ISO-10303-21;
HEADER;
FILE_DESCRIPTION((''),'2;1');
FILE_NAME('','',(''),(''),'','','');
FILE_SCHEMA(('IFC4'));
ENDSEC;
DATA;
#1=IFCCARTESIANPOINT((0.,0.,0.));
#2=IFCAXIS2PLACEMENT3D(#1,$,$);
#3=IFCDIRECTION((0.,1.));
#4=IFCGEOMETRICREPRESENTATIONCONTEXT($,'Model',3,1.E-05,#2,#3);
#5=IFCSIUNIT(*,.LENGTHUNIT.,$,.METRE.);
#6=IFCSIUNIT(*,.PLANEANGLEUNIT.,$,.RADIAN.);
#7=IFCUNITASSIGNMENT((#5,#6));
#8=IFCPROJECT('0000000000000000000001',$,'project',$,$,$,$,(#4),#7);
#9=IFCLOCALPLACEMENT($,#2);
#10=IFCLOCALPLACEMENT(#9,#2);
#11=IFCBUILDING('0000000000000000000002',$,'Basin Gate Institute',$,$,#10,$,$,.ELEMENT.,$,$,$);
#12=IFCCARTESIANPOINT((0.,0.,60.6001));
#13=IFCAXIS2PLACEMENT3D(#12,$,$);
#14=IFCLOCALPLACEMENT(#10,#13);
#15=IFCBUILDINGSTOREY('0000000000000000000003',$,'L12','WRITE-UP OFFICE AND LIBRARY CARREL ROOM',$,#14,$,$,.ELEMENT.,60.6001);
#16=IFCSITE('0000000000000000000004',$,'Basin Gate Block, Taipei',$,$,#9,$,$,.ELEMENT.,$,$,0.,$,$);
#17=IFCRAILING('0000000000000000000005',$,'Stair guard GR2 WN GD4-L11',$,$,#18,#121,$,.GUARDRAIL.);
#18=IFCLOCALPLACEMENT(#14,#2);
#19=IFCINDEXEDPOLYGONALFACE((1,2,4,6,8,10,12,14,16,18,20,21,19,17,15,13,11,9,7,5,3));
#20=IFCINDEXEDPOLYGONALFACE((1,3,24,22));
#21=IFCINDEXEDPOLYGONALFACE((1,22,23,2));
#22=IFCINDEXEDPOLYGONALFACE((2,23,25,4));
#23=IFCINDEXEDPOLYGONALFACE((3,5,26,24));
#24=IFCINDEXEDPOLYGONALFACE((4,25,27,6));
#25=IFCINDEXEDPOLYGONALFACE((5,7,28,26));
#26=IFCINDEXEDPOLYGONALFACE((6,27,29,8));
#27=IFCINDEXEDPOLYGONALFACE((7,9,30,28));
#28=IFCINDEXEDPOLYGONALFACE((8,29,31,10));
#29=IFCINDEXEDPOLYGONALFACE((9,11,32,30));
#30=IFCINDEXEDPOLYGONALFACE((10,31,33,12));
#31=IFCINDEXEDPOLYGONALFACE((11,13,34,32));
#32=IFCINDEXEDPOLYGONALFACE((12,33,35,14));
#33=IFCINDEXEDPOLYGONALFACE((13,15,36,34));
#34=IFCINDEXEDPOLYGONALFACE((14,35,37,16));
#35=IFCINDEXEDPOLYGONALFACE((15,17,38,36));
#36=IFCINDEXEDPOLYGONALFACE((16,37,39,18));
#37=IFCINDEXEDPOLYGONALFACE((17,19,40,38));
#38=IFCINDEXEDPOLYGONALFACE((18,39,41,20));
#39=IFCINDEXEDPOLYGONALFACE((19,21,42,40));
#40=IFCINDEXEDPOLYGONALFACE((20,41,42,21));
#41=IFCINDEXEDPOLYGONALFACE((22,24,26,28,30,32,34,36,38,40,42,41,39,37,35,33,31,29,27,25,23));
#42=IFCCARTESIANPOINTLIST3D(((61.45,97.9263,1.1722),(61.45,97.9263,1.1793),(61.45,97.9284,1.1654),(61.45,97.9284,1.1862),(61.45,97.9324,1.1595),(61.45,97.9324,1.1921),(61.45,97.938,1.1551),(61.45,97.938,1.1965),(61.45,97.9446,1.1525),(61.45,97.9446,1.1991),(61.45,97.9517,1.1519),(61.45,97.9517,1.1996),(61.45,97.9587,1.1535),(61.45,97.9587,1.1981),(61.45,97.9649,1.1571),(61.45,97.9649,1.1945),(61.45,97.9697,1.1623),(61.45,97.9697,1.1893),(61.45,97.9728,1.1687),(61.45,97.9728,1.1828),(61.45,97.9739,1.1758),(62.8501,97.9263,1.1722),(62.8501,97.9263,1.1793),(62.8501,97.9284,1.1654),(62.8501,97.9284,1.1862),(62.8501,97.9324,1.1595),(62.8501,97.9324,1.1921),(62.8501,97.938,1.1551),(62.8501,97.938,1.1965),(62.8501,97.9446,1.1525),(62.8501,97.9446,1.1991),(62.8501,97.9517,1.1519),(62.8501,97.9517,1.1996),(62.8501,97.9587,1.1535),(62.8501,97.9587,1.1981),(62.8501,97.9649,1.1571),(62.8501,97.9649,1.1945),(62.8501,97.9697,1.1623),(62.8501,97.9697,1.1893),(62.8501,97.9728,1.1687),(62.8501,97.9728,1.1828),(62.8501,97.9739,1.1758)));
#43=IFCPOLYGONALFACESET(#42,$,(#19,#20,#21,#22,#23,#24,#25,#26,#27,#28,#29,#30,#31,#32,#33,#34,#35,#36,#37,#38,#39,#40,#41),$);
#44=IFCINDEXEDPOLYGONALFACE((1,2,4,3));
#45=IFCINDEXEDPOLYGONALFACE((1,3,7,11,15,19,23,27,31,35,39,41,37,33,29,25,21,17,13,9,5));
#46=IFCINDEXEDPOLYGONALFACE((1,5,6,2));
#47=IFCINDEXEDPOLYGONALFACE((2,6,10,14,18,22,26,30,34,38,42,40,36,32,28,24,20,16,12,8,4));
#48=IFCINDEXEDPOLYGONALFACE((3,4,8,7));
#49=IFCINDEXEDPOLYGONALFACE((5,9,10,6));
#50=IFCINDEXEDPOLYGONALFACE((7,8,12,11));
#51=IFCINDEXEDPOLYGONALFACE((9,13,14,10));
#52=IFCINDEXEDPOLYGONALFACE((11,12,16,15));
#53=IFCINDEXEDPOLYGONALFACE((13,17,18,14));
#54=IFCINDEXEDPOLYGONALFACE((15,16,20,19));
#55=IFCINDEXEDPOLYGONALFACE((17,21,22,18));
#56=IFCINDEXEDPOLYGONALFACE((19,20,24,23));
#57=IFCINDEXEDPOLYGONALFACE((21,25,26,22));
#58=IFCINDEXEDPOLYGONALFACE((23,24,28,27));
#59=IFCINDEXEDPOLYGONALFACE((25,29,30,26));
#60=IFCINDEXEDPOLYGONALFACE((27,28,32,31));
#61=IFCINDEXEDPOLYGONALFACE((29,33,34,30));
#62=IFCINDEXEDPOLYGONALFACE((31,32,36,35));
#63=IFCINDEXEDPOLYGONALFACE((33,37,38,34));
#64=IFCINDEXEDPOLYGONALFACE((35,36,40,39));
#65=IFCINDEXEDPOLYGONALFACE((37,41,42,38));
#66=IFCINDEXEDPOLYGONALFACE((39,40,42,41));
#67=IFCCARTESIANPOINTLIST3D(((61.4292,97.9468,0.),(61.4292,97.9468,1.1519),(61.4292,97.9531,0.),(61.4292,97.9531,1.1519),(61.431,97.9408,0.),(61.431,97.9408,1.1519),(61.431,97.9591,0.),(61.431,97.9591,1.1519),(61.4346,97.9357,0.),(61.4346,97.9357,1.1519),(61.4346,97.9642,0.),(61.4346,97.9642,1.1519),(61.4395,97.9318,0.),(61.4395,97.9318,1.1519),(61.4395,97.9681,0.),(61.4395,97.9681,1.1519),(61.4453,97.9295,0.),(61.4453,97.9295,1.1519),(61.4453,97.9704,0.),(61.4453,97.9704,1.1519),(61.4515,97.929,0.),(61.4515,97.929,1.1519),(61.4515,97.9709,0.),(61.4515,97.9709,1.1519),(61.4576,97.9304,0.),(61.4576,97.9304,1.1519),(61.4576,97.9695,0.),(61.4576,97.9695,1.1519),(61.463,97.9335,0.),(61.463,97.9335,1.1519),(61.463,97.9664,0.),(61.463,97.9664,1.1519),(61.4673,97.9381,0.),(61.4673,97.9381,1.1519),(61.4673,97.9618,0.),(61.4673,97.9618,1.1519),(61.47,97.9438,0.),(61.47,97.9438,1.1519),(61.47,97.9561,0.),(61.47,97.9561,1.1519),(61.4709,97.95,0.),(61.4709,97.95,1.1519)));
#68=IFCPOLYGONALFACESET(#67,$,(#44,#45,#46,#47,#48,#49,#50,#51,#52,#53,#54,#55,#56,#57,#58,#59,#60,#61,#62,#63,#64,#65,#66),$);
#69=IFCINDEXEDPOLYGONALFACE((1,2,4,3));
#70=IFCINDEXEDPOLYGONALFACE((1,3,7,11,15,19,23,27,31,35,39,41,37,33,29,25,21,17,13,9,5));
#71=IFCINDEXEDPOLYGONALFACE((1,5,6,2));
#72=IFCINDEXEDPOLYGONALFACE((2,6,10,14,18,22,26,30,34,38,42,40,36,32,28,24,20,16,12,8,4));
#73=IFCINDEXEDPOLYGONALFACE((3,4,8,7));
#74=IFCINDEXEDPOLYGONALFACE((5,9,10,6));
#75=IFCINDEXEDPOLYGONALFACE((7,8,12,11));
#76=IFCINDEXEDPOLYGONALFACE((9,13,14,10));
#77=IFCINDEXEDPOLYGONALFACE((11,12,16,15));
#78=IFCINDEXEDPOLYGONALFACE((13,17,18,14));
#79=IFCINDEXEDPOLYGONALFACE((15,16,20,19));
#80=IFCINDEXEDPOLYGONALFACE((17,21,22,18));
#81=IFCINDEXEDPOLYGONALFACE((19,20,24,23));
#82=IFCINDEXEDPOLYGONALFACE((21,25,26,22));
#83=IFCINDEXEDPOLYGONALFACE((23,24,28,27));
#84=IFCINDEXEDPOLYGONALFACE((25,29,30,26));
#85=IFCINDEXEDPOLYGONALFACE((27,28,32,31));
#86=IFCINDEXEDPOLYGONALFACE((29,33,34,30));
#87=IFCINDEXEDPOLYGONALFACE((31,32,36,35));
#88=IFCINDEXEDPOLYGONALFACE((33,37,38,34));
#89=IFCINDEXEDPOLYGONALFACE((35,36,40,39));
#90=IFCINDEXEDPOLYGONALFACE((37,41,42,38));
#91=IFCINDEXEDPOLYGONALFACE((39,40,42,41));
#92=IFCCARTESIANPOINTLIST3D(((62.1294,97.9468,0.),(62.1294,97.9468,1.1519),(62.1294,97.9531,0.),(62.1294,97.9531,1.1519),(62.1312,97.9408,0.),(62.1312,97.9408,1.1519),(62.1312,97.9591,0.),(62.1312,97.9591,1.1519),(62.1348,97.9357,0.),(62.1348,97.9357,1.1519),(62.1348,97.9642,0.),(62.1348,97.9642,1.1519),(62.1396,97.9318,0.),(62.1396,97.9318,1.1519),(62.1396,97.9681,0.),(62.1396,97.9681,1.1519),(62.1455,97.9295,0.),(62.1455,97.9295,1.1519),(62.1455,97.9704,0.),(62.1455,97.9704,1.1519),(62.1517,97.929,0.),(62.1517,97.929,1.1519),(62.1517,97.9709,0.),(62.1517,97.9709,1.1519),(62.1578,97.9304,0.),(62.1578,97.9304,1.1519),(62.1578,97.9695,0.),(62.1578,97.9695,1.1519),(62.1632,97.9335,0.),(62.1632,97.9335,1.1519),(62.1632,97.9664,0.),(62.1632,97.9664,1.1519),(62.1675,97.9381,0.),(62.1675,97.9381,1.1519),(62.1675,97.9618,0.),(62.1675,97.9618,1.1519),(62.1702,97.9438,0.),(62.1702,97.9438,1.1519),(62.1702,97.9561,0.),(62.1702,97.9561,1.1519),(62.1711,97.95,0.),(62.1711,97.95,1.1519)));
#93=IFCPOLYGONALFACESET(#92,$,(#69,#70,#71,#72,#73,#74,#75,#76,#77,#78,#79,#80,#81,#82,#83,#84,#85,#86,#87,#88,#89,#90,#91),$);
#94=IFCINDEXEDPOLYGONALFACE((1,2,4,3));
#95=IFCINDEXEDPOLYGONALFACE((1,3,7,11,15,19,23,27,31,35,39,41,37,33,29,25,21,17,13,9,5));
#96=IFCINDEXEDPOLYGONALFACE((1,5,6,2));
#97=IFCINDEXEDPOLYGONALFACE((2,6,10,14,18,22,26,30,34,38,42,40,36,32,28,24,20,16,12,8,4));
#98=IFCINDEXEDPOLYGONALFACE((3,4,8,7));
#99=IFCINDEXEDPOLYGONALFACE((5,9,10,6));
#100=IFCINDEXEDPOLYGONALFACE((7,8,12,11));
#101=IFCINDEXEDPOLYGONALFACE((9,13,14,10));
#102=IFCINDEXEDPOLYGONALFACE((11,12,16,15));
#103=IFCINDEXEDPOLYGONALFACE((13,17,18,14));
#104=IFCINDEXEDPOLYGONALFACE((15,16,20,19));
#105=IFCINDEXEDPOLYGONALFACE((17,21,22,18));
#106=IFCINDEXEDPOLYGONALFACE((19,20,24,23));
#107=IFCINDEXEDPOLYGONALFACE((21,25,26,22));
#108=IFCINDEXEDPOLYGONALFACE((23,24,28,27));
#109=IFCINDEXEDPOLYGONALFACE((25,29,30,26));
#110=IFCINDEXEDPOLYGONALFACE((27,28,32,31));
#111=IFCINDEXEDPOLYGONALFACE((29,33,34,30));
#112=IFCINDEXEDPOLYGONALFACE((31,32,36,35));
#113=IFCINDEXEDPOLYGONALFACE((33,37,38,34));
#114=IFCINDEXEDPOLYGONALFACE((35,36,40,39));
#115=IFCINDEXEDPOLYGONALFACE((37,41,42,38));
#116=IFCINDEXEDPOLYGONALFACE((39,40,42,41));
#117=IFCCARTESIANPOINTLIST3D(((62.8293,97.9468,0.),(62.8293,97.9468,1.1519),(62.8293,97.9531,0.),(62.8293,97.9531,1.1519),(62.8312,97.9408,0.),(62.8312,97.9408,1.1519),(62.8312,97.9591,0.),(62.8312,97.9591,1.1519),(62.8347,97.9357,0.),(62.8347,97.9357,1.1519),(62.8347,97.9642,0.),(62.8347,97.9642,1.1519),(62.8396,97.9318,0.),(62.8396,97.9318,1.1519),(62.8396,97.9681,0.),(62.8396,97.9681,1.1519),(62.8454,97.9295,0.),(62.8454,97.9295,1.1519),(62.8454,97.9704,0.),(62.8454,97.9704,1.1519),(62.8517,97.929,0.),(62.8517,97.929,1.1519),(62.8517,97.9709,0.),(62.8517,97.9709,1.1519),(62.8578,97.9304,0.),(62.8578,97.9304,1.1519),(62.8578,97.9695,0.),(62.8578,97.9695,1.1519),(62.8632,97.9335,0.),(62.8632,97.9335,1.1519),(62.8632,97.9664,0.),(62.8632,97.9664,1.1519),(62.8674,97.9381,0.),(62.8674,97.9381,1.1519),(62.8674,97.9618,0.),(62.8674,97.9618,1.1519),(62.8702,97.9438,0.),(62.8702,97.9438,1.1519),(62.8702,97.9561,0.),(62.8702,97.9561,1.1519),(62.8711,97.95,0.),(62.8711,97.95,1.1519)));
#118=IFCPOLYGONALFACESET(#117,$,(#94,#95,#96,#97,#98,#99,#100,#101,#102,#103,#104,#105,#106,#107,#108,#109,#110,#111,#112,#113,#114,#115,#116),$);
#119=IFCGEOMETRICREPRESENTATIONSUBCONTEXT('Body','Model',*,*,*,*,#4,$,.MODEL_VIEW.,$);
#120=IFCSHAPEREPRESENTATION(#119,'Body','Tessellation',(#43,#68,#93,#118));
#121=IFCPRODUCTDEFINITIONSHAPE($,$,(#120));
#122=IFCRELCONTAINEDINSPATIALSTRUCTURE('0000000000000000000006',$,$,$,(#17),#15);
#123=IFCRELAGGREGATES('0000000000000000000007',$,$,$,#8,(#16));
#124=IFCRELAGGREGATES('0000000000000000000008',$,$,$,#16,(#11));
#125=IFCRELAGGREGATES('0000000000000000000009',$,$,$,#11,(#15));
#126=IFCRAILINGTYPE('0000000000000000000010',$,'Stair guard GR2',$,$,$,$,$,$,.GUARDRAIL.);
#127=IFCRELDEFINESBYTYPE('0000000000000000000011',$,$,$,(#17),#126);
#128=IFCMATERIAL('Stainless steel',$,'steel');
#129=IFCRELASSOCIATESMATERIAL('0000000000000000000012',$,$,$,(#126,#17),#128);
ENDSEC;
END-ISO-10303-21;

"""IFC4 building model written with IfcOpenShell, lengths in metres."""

from ifc_helpers import new_model, si_unit, direction, frame, origin, origin_2d, place, context, subcontext, project, spatial, circle, extrude, material, type_object, element, save


model = new_model("IFC4")

# Units and contexts
model_context = context("Model", 3, precision=1e-05, world=origin(), true_north=direction((0.0, 1.0)))
body_context = subcontext(model_context, "Body", "Model", "MODEL_VIEW")
ifc_project = project(units=[si_unit("LENGTHUNIT", "METRE"), si_unit("PLANEANGLEUNIT", "RADIAN")], contexts=[model_context])

# Site, building, storey
site_placement = place(None, origin())
site = spatial("IfcSite", under=ifc_project, at=site_placement, Name="Basin Gate Block, Taipei", CompositionType="ELEMENT", RefElevation=0.0)
building_placement = place(site_placement, origin())
building = spatial("IfcBuilding", under=site, at=building_placement, Name="Basin Gate Institute", CompositionType="ELEMENT")
storey_placement = place(building_placement, frame((0.0, 0.0, 60.6001)))
storey = spatial("IfcBuildingStorey", under=building, at=storey_placement, Name="L12", Description="WRITE-UP OFFICE AND LIBRARY CARREL ROOM", CompositionType="ELEMENT", Elevation=60.6001)

# Railing
ifc_material_1 = material(Name="Stainless steel", Category="steel")
railing_type_1 = type_object("IfcRailingType", Name="Stair guard GR2", PredefinedType="GUARDRAIL", material=ifc_material_1)
railing_1_placement = place(storey_placement, frame((61.45, 97.95, 0.0)))
element("IfcRailing", 1, at=railing_1_placement, inside=storey, type_object=railing_type_1, material=ifc_material_1, Name="Stair guard GR2 WN GD4-L11", PredefinedType="GUARDRAIL", context=body_context, shape_type="SweptSolid", body=[
    extrude(circle(Radius=0.0239, at=origin_2d()), frame((0.0, 0.0, 1.1758), z_axis=(1.0, 0.0, 0.0), x_axis=(0.0, 1.0, 0.0)), (0.0, 0.0, 1.0), 1.4001),
    extrude(circle(Radius=0.021, at=origin_2d()), origin(), (0.0, 0.0, 1.0), 1.1519),
    extrude(circle(Radius=0.021, at=origin_2d()), frame((0.7002, 0.0, 0.0)), (0.0, 0.0, 1.0), 1.1519),
    extrude(circle(Radius=0.021, at=origin_2d()), frame((1.4001, 0.0, 0.0)), (0.0, 0.0, 1.0), 1.1519),
])

save(model, "model.ifc")
